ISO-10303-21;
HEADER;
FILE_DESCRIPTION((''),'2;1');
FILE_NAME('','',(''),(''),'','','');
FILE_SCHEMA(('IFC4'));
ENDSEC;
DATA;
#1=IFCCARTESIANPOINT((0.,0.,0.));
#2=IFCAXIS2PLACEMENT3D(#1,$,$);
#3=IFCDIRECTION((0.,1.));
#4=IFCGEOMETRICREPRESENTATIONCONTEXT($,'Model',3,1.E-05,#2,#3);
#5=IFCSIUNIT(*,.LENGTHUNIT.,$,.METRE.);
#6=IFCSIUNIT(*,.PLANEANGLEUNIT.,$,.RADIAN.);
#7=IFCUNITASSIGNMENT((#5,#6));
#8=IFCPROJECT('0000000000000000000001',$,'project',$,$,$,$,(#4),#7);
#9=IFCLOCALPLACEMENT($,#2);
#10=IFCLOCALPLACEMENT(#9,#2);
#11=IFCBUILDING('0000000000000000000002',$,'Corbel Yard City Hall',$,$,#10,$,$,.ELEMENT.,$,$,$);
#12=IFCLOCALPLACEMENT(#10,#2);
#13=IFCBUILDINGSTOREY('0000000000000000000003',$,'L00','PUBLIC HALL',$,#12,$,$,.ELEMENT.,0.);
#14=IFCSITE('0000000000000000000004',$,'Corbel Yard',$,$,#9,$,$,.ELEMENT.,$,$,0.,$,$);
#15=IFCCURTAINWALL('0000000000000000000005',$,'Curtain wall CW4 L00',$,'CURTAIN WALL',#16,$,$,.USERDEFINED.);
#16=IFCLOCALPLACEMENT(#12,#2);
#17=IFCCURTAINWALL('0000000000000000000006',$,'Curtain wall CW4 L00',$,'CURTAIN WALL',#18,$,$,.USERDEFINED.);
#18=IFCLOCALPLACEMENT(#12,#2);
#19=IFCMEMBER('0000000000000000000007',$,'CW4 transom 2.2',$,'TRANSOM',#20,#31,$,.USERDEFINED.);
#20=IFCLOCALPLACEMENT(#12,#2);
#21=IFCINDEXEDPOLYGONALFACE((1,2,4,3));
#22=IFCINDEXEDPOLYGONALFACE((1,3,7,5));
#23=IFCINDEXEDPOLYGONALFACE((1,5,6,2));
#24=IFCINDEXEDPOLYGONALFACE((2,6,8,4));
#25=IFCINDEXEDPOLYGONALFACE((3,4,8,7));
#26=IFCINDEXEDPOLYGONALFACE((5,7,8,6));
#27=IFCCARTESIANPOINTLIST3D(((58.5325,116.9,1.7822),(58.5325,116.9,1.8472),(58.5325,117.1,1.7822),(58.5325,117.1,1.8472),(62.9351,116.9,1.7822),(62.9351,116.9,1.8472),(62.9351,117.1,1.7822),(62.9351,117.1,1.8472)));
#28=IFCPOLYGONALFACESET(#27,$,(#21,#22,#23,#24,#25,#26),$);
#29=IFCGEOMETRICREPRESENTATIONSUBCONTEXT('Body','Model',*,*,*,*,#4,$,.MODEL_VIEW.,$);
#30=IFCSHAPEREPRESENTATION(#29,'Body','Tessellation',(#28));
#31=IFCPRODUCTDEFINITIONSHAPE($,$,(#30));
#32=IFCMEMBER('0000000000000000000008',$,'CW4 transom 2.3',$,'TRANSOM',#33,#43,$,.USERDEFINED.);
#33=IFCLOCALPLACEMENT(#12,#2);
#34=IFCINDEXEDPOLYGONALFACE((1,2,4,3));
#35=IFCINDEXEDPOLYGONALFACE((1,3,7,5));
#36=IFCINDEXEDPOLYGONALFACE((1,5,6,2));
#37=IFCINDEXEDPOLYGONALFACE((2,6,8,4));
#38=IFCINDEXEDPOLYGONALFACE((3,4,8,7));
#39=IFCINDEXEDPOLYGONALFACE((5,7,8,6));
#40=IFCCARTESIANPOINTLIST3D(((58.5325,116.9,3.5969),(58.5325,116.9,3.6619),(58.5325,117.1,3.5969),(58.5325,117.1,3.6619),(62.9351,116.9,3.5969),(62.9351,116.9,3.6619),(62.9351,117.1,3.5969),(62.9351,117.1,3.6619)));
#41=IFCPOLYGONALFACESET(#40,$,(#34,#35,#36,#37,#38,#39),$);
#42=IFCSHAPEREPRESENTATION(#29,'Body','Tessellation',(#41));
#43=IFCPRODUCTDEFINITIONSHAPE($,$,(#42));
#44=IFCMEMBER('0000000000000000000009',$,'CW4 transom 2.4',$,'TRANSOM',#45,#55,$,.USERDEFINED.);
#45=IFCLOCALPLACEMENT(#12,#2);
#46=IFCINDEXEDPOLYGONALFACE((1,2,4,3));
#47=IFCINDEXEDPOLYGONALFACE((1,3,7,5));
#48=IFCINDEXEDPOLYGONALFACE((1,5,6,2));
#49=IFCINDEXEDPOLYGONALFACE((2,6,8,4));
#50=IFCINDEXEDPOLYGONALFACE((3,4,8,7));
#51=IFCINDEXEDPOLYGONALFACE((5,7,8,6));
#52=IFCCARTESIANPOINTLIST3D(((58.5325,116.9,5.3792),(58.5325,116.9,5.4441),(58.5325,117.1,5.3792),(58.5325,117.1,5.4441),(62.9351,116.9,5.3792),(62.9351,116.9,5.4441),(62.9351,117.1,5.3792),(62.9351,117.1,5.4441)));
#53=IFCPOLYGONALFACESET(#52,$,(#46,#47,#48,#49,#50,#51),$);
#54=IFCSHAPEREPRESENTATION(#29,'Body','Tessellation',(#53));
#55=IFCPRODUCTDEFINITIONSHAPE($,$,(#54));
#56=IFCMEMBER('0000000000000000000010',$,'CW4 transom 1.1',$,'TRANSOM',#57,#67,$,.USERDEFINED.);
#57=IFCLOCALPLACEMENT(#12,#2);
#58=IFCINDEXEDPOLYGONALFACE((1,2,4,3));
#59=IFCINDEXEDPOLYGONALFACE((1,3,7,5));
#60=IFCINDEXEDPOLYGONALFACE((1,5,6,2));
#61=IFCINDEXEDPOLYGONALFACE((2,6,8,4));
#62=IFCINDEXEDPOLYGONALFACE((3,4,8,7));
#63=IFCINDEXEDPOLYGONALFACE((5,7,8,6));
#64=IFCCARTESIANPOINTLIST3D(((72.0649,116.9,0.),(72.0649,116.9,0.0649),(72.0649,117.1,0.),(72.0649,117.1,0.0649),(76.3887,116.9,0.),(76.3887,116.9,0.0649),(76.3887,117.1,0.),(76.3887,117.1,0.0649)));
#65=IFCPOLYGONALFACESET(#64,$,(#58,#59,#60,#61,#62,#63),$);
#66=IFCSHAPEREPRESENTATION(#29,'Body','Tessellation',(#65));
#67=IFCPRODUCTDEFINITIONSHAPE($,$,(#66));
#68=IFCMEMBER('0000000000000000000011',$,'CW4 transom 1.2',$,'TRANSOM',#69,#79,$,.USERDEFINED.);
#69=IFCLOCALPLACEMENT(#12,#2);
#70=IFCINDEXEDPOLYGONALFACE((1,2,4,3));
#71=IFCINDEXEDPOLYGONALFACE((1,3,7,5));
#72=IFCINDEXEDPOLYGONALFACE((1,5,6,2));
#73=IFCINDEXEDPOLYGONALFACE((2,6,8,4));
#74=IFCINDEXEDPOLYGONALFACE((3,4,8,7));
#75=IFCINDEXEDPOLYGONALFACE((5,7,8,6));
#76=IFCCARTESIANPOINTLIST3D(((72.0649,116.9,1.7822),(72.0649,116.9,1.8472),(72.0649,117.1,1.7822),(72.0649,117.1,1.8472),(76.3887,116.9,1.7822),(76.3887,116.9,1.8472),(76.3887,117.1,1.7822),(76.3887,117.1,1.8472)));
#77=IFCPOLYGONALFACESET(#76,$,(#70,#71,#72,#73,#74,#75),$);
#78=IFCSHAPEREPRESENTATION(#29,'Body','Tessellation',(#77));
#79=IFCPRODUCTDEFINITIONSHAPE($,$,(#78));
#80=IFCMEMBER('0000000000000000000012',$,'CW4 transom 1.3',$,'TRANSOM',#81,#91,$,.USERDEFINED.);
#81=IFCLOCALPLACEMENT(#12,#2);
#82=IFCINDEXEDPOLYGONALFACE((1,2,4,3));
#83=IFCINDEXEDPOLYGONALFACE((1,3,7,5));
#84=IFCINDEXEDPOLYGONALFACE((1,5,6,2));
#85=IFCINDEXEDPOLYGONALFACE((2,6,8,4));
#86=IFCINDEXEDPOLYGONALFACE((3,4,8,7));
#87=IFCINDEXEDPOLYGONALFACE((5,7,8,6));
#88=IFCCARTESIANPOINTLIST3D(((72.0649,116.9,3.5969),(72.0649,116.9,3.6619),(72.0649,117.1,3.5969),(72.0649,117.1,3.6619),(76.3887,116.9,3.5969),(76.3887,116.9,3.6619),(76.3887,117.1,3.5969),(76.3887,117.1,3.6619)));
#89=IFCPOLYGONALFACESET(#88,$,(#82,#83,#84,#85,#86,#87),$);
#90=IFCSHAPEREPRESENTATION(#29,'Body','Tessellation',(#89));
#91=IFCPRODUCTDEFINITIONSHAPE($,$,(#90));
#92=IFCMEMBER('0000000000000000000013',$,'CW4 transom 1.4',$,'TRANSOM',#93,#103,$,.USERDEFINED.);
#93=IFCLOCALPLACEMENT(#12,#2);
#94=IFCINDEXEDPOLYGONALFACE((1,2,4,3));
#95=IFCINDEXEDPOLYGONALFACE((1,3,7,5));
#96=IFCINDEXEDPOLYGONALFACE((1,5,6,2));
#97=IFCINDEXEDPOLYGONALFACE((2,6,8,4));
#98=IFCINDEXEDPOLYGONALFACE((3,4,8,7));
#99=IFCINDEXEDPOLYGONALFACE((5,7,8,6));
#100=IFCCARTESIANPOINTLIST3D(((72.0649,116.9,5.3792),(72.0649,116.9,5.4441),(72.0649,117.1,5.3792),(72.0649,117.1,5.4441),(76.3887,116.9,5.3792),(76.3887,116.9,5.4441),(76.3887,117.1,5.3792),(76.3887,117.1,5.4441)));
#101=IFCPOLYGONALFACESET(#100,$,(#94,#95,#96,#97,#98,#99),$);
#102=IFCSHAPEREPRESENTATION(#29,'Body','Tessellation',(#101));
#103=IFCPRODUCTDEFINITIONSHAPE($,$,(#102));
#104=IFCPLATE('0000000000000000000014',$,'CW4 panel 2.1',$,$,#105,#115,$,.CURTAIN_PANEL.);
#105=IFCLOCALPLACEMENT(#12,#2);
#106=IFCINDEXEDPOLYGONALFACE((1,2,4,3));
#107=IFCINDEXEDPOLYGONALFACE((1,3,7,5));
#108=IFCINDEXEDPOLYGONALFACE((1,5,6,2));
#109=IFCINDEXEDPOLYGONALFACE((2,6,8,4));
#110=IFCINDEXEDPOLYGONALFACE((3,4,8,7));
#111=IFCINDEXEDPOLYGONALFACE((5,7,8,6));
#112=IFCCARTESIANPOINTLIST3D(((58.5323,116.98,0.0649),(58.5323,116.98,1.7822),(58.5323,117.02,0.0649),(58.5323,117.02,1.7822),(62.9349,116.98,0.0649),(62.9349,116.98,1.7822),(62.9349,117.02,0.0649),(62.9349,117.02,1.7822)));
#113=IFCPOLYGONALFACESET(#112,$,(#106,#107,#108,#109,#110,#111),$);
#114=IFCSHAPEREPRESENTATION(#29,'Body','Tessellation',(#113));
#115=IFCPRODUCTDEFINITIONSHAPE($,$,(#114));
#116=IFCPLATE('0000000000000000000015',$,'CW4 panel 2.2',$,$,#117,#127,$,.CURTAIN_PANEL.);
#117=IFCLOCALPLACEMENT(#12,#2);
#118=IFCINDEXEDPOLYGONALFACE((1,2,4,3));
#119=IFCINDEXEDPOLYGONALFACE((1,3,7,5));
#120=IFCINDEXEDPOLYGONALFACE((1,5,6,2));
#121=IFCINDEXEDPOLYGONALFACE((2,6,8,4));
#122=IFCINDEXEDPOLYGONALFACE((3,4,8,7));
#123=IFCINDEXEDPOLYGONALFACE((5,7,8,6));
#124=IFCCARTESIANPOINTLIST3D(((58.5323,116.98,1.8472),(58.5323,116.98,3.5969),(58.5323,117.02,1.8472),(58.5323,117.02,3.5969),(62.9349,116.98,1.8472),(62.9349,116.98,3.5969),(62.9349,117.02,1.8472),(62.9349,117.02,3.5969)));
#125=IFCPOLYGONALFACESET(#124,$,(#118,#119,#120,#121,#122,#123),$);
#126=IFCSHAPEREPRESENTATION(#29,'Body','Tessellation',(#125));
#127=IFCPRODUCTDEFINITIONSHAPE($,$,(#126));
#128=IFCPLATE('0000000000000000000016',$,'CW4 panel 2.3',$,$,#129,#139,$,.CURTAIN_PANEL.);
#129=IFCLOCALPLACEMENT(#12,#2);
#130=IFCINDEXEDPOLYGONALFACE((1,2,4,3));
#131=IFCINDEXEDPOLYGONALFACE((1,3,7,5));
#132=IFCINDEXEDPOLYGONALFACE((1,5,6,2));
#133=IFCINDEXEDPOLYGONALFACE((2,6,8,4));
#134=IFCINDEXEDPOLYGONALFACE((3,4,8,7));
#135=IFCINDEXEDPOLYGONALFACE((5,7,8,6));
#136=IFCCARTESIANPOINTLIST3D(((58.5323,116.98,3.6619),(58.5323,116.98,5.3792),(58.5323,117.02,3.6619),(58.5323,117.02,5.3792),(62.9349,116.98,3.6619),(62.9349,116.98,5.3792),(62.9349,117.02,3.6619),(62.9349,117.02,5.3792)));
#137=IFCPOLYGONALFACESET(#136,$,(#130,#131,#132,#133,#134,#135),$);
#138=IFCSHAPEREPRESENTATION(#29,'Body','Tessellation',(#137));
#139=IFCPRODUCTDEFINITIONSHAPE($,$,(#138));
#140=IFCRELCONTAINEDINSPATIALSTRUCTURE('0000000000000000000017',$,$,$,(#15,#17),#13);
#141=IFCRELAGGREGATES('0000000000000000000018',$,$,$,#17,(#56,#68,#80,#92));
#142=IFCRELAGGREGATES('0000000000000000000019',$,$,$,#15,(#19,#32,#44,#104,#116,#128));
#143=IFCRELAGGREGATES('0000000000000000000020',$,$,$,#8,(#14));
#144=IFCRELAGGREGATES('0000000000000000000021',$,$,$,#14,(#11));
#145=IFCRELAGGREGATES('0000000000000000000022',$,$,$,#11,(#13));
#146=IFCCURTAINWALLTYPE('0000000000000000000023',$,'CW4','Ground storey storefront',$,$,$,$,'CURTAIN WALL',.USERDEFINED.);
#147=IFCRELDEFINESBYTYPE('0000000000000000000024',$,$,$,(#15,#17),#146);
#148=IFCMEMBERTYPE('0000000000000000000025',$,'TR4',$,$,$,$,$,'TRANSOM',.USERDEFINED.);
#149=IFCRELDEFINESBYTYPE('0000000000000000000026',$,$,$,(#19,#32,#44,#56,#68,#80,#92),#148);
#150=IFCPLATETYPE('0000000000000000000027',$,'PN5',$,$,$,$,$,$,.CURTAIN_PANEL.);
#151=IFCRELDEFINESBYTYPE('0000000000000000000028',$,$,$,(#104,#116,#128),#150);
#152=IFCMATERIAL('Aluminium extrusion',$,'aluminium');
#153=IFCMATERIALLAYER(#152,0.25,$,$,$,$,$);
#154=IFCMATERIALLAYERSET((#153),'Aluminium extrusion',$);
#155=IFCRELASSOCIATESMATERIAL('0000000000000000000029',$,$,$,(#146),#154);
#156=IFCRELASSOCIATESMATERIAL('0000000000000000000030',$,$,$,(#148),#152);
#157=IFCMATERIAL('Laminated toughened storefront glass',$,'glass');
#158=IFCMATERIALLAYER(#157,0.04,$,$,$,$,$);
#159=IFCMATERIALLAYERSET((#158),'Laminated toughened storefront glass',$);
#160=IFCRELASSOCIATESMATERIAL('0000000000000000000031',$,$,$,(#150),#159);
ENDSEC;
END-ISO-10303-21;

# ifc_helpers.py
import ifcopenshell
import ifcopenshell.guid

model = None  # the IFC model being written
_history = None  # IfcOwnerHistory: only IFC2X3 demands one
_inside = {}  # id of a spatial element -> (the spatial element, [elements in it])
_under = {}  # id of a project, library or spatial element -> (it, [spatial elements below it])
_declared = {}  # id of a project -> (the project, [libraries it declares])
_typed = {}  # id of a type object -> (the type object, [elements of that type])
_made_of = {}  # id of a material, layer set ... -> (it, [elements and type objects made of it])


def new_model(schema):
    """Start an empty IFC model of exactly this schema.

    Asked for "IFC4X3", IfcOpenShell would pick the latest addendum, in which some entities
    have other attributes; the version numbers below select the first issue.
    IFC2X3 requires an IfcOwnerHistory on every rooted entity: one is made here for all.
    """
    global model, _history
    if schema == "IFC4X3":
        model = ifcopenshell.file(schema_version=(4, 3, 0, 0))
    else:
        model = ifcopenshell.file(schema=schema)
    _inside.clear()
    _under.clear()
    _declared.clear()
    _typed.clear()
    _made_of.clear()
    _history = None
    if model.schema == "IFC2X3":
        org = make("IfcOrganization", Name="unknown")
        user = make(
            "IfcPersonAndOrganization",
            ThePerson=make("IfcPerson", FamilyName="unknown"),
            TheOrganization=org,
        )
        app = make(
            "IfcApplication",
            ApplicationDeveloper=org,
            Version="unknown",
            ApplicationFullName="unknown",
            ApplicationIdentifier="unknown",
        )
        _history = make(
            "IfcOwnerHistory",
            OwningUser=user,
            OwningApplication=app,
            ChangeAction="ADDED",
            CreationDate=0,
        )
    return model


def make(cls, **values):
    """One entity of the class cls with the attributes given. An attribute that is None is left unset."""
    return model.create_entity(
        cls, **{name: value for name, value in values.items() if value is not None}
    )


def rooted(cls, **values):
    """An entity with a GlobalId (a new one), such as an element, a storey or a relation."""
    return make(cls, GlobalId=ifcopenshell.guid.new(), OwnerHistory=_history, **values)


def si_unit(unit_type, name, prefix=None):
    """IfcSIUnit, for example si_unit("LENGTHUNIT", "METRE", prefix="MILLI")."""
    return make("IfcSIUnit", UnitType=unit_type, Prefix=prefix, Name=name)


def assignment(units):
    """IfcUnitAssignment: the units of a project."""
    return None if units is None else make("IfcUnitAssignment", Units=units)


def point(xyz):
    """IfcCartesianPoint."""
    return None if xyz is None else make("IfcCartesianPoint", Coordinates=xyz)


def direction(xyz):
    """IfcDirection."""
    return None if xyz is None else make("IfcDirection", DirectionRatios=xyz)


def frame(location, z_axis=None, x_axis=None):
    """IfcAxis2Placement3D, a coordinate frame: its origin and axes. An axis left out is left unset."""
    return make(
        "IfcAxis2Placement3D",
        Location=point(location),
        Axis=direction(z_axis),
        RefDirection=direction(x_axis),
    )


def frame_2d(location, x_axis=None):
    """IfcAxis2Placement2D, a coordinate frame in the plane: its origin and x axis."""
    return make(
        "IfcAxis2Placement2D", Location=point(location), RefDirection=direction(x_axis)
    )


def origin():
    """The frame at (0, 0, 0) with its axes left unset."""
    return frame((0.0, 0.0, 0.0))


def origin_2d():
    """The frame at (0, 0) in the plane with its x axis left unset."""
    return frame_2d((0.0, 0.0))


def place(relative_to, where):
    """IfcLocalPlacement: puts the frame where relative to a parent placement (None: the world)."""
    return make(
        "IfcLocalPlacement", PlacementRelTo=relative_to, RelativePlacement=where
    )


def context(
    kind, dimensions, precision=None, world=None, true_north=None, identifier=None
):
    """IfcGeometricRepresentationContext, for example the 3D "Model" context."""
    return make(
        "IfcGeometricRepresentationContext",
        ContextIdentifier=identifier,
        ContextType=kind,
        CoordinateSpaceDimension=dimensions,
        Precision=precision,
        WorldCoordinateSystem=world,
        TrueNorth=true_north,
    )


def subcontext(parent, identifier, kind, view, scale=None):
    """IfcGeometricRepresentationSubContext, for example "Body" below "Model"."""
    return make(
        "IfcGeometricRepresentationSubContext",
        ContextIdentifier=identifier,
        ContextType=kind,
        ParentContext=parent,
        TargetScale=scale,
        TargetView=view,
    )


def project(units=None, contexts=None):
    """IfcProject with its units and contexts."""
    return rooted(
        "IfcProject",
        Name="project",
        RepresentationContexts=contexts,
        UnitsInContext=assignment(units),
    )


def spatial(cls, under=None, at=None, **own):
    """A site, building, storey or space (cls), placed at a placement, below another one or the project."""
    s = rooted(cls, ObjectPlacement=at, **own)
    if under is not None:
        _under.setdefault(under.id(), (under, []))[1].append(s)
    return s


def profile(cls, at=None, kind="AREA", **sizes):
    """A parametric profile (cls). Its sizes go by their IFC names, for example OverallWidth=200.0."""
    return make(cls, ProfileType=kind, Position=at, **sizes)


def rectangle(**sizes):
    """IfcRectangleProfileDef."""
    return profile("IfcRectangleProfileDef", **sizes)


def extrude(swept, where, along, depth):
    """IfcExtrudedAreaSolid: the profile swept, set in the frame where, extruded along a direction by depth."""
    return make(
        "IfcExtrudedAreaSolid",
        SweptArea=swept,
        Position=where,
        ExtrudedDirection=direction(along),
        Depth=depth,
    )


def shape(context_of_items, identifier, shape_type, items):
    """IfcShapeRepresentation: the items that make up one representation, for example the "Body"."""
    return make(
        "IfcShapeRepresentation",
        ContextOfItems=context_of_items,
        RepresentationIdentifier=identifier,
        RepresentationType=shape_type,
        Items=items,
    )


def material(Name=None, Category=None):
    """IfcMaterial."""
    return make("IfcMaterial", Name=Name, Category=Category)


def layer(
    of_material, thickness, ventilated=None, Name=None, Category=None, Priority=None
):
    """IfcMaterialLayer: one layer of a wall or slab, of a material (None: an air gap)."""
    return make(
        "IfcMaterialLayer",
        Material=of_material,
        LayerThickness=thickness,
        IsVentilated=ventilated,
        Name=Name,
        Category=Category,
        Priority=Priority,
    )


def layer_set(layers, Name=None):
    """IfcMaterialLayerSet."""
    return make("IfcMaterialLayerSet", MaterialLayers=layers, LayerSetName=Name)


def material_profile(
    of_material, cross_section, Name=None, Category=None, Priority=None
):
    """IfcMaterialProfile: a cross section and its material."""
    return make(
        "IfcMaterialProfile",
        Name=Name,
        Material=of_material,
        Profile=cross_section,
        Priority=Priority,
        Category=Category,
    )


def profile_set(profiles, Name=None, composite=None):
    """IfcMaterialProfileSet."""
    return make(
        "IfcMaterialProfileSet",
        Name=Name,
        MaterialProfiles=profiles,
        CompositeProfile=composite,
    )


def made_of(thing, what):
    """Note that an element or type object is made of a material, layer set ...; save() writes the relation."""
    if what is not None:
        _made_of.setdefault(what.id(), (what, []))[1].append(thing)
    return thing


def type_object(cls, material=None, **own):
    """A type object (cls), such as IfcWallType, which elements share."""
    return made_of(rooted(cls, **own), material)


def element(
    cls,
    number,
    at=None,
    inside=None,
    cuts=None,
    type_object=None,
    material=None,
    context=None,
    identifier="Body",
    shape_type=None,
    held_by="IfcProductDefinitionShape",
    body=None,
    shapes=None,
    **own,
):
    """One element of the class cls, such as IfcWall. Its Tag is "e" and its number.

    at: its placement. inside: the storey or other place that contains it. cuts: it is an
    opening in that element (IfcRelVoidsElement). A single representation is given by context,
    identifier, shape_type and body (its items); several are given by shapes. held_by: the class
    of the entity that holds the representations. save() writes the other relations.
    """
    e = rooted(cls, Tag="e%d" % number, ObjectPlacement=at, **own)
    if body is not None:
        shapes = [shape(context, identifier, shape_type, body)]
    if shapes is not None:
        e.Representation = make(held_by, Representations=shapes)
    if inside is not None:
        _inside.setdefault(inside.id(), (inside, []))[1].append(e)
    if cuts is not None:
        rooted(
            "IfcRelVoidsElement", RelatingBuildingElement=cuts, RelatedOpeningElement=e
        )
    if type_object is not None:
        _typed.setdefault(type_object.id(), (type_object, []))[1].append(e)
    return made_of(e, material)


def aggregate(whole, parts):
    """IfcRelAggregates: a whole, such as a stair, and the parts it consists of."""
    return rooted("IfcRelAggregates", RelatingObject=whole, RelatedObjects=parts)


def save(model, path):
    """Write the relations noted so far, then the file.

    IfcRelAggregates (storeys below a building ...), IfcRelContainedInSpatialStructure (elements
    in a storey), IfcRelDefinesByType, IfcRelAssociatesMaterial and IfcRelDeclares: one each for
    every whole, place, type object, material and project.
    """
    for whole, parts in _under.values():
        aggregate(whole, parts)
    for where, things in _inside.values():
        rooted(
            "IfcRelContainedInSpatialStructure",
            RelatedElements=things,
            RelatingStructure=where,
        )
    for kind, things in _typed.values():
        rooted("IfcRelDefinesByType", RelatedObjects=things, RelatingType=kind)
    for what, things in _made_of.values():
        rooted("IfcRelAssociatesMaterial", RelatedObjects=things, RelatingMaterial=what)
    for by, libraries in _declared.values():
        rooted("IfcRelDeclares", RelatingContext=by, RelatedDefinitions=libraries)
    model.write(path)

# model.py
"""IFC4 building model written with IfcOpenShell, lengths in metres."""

from ifc_helpers import new_model, si_unit, direction, frame, origin, origin_2d, place, context, subcontext, project, spatial, rectangle, extrude, material, layer, layer_set, material_profile, profile_set, type_object, element, aggregate, save


model = new_model("IFC4")

# Units and contexts
model_context = context("Model", 3, precision=1e-05, world=origin(), true_north=direction((0.0, 1.0)))
body_context = subcontext(model_context, "Body", "Model", "MODEL_VIEW")
ifc_project = project(units=[si_unit("LENGTHUNIT", "METRE"), si_unit("PLANEANGLEUNIT", "RADIAN")], contexts=[model_context])

# Site, building, storey
site_placement = place(None, origin())
site = spatial("IfcSite", under=ifc_project, at=site_placement, Name="Corbel Yard", CompositionType="ELEMENT", RefElevation=0.0)
building_placement = place(site_placement, origin())
building = spatial("IfcBuilding", under=site, at=building_placement, Name="Corbel Yard City Hall", CompositionType="ELEMENT")
storey_placement = place(building_placement, origin())
storey = spatial("IfcBuildingStorey", under=building, at=storey_placement, Name="L00", Description="PUBLIC HALL", CompositionType="ELEMENT", Elevation=0.0)

# Curtain walls
ifc_material_1 = material(Name="Aluminium extrusion", Category="aluminium")
ifc_layer_1 = layer(ifc_material_1, 0.25)
ifc_layer_set_1 = layer_set([ifc_layer_1], Name="Aluminium extrusion")
curtain_wall_type = type_object("IfcCurtainWallType", Name="CW4", Description="Ground storey storefront", ElementType="CURTAIN WALL", PredefinedType="USERDEFINED", material=ifc_layer_set_1)
curtain_wall_1_placement = place(storey_placement, origin())
curtain_wall_1 = element("IfcCurtainWall", 1, at=curtain_wall_1_placement, inside=storey, type_object=curtain_wall_type, Name="Curtain wall CW4 L00", ObjectType="CURTAIN WALL", PredefinedType="USERDEFINED")
curtain_wall_2_placement = place(storey_placement, origin())
curtain_wall_2 = element("IfcCurtainWall", 2, at=curtain_wall_2_placement, inside=storey, type_object=curtain_wall_type, Name="Curtain wall CW4 L00", ObjectType="CURTAIN WALL", PredefinedType="USERDEFINED")

# Members
ifc_material_profile_1 = material_profile(ifc_material_1, rectangle(XDim=0.2, YDim=0.0649, at=origin_2d()), Name="200x65")
ifc_profile_set_1 = profile_set([ifc_material_profile_1], Name="Aluminium extrusion")
member_type_1 = type_object("IfcMemberType", Name="TR4", ElementType="TRANSOM", PredefinedType="USERDEFINED", material=ifc_profile_set_1)
member_1_placement = place(storey_placement, frame((58.5325, 117.0, 1.8147), z_axis=(1.0, 0.0, 0.0), x_axis=(0.0, 1.0, 0.0)))
member_1 = element("IfcMember", 3, at=member_1_placement, type_object=member_type_1, Name="CW4 transom 2.2", ObjectType="TRANSOM", PredefinedType="USERDEFINED", context=body_context, shape_type="SweptSolid", body=[
    extrude(rectangle(XDim=0.2, YDim=0.0649, at=origin_2d()), origin(), (0.0, 0.0, 1.0), 4.4026),
])
member_2_placement = place(storey_placement, frame((58.5325, 117.0, 3.6294), z_axis=(1.0, 0.0, 0.0), x_axis=(0.0, 1.0, 0.0)))
member_2 = element("IfcMember", 4, at=member_2_placement, type_object=member_type_1, Name="CW4 transom 2.3", ObjectType="TRANSOM", PredefinedType="USERDEFINED", context=body_context, shape_type="SweptSolid", body=[
    extrude(rectangle(XDim=0.2, YDim=0.0649, at=origin_2d()), origin(), (0.0, 0.0, 1.0), 4.4026),
])
member_3_placement = place(storey_placement, frame((58.5325, 117.0, 5.4116), z_axis=(1.0, 0.0, 0.0), x_axis=(0.0, 1.0, 0.0)))
member_3 = element("IfcMember", 5, at=member_3_placement, type_object=member_type_1, Name="CW4 transom 2.4", ObjectType="TRANSOM", PredefinedType="USERDEFINED", context=body_context, shape_type="SweptSolid", body=[
    extrude(rectangle(XDim=0.2, YDim=0.0649, at=origin_2d()), origin(), (0.0, 0.0, 1.0), 4.4026),
])
member_4_placement = place(storey_placement, frame((72.0649, 117.0, 0.0325), z_axis=(1.0, 0.0, 0.0), x_axis=(0.0, 1.0, 0.0)))
member_4 = element("IfcMember", 6, at=member_4_placement, type_object=member_type_1, Name="CW4 transom 1.1", ObjectType="TRANSOM", PredefinedType="USERDEFINED", context=body_context, shape_type="SweptSolid", body=[
    extrude(rectangle(XDim=0.2, YDim=0.0649, at=origin_2d()), origin(), (0.0, 0.0, 1.0), 4.3237),
])
member_5_placement = place(storey_placement, frame((72.0649, 117.0, 1.8147), z_axis=(1.0, 0.0, 0.0), x_axis=(0.0, 1.0, 0.0)))
member_5 = element("IfcMember", 7, at=member_5_placement, type_object=member_type_1, Name="CW4 transom 1.2", ObjectType="TRANSOM", PredefinedType="USERDEFINED", context=body_context, shape_type="SweptSolid", body=[
    extrude(rectangle(XDim=0.2, YDim=0.0649, at=origin_2d()), origin(), (0.0, 0.0, 1.0), 4.3237),
])
member_6_placement = place(storey_placement, frame((72.0649, 117.0, 3.6294), z_axis=(1.0, 0.0, 0.0), x_axis=(0.0, 1.0, 0.0)))
member_6 = element("IfcMember", 8, at=member_6_placement, type_object=member_type_1, Name="CW4 transom 1.3", ObjectType="TRANSOM", PredefinedType="USERDEFINED", context=body_context, shape_type="SweptSolid", body=[
    extrude(rectangle(XDim=0.2, YDim=0.0649, at=origin_2d()), origin(), (0.0, 0.0, 1.0), 4.3237),
])
member_7_placement = place(storey_placement, frame((72.0649, 117.0, 5.4116), z_axis=(1.0, 0.0, 0.0), x_axis=(0.0, 1.0, 0.0)))
member_7 = element("IfcMember", 9, at=member_7_placement, type_object=member_type_1, Name="CW4 transom 1.4", ObjectType="TRANSOM", PredefinedType="USERDEFINED", context=body_context, shape_type="SweptSolid", body=[
    extrude(rectangle(XDim=0.2, YDim=0.0649, at=origin_2d()), origin(), (0.0, 0.0, 1.0), 4.3237),
])
aggregate(curtain_wall_2, [member_4, member_5, member_6, member_7])

# Plates
ifc_material_2 = material(Name="Laminated toughened storefront glass", Category="glass")
ifc_layer_2 = layer(ifc_material_2, 0.04)
ifc_layer_set_2 = layer_set([ifc_layer_2], Name="Laminated toughened storefront glass")
plate_type = type_object("IfcPlateType", Name="PN5", PredefinedType="CURTAIN_PANEL", material=ifc_layer_set_2)
plate_1_placement = place(storey_placement, frame((60.7336, 117.0, 0.0649), z_axis=(0.0, 0.0, 1.0), x_axis=(1.0, 0.0, 0.0)))
plate_1 = element("IfcPlate", 10, at=plate_1_placement, type_object=plate_type, Name="CW4 panel 2.1", PredefinedType="CURTAIN_PANEL", context=body_context, shape_type="SweptSolid", body=[
    extrude(rectangle(XDim=4.4026, YDim=0.04, at=origin_2d()), origin(), (0.0, 0.0, 1.0), 1.7173),
])
plate_2_placement = place(storey_placement, frame((60.7336, 117.0, 1.8472), z_axis=(0.0, 0.0, 1.0), x_axis=(1.0, 0.0, 0.0)))
plate_2 = element("IfcPlate", 11, at=plate_2_placement, type_object=plate_type, Name="CW4 panel 2.2", PredefinedType="CURTAIN_PANEL", context=body_context, shape_type="SweptSolid", body=[
    extrude(rectangle(XDim=4.4026, YDim=0.04, at=origin_2d()), origin(), (0.0, 0.0, 1.0), 1.7498),
])
plate_3_placement = place(storey_placement, frame((60.7336, 117.0, 3.6619), z_axis=(0.0, 0.0, 1.0), x_axis=(1.0, 0.0, 0.0)))
plate_3 = element("IfcPlate", 12, at=plate_3_placement, type_object=plate_type, Name="CW4 panel 2.3", PredefinedType="CURTAIN_PANEL", context=body_context, shape_type="SweptSolid", body=[
    extrude(rectangle(XDim=4.4026, YDim=0.04, at=origin_2d()), origin(), (0.0, 0.0, 1.0), 1.7173),
])
aggregate(curtain_wall_1, [member_1, member_2, member_3, plate_1, plate_2, plate_3])

save(model, "model.ifc")
